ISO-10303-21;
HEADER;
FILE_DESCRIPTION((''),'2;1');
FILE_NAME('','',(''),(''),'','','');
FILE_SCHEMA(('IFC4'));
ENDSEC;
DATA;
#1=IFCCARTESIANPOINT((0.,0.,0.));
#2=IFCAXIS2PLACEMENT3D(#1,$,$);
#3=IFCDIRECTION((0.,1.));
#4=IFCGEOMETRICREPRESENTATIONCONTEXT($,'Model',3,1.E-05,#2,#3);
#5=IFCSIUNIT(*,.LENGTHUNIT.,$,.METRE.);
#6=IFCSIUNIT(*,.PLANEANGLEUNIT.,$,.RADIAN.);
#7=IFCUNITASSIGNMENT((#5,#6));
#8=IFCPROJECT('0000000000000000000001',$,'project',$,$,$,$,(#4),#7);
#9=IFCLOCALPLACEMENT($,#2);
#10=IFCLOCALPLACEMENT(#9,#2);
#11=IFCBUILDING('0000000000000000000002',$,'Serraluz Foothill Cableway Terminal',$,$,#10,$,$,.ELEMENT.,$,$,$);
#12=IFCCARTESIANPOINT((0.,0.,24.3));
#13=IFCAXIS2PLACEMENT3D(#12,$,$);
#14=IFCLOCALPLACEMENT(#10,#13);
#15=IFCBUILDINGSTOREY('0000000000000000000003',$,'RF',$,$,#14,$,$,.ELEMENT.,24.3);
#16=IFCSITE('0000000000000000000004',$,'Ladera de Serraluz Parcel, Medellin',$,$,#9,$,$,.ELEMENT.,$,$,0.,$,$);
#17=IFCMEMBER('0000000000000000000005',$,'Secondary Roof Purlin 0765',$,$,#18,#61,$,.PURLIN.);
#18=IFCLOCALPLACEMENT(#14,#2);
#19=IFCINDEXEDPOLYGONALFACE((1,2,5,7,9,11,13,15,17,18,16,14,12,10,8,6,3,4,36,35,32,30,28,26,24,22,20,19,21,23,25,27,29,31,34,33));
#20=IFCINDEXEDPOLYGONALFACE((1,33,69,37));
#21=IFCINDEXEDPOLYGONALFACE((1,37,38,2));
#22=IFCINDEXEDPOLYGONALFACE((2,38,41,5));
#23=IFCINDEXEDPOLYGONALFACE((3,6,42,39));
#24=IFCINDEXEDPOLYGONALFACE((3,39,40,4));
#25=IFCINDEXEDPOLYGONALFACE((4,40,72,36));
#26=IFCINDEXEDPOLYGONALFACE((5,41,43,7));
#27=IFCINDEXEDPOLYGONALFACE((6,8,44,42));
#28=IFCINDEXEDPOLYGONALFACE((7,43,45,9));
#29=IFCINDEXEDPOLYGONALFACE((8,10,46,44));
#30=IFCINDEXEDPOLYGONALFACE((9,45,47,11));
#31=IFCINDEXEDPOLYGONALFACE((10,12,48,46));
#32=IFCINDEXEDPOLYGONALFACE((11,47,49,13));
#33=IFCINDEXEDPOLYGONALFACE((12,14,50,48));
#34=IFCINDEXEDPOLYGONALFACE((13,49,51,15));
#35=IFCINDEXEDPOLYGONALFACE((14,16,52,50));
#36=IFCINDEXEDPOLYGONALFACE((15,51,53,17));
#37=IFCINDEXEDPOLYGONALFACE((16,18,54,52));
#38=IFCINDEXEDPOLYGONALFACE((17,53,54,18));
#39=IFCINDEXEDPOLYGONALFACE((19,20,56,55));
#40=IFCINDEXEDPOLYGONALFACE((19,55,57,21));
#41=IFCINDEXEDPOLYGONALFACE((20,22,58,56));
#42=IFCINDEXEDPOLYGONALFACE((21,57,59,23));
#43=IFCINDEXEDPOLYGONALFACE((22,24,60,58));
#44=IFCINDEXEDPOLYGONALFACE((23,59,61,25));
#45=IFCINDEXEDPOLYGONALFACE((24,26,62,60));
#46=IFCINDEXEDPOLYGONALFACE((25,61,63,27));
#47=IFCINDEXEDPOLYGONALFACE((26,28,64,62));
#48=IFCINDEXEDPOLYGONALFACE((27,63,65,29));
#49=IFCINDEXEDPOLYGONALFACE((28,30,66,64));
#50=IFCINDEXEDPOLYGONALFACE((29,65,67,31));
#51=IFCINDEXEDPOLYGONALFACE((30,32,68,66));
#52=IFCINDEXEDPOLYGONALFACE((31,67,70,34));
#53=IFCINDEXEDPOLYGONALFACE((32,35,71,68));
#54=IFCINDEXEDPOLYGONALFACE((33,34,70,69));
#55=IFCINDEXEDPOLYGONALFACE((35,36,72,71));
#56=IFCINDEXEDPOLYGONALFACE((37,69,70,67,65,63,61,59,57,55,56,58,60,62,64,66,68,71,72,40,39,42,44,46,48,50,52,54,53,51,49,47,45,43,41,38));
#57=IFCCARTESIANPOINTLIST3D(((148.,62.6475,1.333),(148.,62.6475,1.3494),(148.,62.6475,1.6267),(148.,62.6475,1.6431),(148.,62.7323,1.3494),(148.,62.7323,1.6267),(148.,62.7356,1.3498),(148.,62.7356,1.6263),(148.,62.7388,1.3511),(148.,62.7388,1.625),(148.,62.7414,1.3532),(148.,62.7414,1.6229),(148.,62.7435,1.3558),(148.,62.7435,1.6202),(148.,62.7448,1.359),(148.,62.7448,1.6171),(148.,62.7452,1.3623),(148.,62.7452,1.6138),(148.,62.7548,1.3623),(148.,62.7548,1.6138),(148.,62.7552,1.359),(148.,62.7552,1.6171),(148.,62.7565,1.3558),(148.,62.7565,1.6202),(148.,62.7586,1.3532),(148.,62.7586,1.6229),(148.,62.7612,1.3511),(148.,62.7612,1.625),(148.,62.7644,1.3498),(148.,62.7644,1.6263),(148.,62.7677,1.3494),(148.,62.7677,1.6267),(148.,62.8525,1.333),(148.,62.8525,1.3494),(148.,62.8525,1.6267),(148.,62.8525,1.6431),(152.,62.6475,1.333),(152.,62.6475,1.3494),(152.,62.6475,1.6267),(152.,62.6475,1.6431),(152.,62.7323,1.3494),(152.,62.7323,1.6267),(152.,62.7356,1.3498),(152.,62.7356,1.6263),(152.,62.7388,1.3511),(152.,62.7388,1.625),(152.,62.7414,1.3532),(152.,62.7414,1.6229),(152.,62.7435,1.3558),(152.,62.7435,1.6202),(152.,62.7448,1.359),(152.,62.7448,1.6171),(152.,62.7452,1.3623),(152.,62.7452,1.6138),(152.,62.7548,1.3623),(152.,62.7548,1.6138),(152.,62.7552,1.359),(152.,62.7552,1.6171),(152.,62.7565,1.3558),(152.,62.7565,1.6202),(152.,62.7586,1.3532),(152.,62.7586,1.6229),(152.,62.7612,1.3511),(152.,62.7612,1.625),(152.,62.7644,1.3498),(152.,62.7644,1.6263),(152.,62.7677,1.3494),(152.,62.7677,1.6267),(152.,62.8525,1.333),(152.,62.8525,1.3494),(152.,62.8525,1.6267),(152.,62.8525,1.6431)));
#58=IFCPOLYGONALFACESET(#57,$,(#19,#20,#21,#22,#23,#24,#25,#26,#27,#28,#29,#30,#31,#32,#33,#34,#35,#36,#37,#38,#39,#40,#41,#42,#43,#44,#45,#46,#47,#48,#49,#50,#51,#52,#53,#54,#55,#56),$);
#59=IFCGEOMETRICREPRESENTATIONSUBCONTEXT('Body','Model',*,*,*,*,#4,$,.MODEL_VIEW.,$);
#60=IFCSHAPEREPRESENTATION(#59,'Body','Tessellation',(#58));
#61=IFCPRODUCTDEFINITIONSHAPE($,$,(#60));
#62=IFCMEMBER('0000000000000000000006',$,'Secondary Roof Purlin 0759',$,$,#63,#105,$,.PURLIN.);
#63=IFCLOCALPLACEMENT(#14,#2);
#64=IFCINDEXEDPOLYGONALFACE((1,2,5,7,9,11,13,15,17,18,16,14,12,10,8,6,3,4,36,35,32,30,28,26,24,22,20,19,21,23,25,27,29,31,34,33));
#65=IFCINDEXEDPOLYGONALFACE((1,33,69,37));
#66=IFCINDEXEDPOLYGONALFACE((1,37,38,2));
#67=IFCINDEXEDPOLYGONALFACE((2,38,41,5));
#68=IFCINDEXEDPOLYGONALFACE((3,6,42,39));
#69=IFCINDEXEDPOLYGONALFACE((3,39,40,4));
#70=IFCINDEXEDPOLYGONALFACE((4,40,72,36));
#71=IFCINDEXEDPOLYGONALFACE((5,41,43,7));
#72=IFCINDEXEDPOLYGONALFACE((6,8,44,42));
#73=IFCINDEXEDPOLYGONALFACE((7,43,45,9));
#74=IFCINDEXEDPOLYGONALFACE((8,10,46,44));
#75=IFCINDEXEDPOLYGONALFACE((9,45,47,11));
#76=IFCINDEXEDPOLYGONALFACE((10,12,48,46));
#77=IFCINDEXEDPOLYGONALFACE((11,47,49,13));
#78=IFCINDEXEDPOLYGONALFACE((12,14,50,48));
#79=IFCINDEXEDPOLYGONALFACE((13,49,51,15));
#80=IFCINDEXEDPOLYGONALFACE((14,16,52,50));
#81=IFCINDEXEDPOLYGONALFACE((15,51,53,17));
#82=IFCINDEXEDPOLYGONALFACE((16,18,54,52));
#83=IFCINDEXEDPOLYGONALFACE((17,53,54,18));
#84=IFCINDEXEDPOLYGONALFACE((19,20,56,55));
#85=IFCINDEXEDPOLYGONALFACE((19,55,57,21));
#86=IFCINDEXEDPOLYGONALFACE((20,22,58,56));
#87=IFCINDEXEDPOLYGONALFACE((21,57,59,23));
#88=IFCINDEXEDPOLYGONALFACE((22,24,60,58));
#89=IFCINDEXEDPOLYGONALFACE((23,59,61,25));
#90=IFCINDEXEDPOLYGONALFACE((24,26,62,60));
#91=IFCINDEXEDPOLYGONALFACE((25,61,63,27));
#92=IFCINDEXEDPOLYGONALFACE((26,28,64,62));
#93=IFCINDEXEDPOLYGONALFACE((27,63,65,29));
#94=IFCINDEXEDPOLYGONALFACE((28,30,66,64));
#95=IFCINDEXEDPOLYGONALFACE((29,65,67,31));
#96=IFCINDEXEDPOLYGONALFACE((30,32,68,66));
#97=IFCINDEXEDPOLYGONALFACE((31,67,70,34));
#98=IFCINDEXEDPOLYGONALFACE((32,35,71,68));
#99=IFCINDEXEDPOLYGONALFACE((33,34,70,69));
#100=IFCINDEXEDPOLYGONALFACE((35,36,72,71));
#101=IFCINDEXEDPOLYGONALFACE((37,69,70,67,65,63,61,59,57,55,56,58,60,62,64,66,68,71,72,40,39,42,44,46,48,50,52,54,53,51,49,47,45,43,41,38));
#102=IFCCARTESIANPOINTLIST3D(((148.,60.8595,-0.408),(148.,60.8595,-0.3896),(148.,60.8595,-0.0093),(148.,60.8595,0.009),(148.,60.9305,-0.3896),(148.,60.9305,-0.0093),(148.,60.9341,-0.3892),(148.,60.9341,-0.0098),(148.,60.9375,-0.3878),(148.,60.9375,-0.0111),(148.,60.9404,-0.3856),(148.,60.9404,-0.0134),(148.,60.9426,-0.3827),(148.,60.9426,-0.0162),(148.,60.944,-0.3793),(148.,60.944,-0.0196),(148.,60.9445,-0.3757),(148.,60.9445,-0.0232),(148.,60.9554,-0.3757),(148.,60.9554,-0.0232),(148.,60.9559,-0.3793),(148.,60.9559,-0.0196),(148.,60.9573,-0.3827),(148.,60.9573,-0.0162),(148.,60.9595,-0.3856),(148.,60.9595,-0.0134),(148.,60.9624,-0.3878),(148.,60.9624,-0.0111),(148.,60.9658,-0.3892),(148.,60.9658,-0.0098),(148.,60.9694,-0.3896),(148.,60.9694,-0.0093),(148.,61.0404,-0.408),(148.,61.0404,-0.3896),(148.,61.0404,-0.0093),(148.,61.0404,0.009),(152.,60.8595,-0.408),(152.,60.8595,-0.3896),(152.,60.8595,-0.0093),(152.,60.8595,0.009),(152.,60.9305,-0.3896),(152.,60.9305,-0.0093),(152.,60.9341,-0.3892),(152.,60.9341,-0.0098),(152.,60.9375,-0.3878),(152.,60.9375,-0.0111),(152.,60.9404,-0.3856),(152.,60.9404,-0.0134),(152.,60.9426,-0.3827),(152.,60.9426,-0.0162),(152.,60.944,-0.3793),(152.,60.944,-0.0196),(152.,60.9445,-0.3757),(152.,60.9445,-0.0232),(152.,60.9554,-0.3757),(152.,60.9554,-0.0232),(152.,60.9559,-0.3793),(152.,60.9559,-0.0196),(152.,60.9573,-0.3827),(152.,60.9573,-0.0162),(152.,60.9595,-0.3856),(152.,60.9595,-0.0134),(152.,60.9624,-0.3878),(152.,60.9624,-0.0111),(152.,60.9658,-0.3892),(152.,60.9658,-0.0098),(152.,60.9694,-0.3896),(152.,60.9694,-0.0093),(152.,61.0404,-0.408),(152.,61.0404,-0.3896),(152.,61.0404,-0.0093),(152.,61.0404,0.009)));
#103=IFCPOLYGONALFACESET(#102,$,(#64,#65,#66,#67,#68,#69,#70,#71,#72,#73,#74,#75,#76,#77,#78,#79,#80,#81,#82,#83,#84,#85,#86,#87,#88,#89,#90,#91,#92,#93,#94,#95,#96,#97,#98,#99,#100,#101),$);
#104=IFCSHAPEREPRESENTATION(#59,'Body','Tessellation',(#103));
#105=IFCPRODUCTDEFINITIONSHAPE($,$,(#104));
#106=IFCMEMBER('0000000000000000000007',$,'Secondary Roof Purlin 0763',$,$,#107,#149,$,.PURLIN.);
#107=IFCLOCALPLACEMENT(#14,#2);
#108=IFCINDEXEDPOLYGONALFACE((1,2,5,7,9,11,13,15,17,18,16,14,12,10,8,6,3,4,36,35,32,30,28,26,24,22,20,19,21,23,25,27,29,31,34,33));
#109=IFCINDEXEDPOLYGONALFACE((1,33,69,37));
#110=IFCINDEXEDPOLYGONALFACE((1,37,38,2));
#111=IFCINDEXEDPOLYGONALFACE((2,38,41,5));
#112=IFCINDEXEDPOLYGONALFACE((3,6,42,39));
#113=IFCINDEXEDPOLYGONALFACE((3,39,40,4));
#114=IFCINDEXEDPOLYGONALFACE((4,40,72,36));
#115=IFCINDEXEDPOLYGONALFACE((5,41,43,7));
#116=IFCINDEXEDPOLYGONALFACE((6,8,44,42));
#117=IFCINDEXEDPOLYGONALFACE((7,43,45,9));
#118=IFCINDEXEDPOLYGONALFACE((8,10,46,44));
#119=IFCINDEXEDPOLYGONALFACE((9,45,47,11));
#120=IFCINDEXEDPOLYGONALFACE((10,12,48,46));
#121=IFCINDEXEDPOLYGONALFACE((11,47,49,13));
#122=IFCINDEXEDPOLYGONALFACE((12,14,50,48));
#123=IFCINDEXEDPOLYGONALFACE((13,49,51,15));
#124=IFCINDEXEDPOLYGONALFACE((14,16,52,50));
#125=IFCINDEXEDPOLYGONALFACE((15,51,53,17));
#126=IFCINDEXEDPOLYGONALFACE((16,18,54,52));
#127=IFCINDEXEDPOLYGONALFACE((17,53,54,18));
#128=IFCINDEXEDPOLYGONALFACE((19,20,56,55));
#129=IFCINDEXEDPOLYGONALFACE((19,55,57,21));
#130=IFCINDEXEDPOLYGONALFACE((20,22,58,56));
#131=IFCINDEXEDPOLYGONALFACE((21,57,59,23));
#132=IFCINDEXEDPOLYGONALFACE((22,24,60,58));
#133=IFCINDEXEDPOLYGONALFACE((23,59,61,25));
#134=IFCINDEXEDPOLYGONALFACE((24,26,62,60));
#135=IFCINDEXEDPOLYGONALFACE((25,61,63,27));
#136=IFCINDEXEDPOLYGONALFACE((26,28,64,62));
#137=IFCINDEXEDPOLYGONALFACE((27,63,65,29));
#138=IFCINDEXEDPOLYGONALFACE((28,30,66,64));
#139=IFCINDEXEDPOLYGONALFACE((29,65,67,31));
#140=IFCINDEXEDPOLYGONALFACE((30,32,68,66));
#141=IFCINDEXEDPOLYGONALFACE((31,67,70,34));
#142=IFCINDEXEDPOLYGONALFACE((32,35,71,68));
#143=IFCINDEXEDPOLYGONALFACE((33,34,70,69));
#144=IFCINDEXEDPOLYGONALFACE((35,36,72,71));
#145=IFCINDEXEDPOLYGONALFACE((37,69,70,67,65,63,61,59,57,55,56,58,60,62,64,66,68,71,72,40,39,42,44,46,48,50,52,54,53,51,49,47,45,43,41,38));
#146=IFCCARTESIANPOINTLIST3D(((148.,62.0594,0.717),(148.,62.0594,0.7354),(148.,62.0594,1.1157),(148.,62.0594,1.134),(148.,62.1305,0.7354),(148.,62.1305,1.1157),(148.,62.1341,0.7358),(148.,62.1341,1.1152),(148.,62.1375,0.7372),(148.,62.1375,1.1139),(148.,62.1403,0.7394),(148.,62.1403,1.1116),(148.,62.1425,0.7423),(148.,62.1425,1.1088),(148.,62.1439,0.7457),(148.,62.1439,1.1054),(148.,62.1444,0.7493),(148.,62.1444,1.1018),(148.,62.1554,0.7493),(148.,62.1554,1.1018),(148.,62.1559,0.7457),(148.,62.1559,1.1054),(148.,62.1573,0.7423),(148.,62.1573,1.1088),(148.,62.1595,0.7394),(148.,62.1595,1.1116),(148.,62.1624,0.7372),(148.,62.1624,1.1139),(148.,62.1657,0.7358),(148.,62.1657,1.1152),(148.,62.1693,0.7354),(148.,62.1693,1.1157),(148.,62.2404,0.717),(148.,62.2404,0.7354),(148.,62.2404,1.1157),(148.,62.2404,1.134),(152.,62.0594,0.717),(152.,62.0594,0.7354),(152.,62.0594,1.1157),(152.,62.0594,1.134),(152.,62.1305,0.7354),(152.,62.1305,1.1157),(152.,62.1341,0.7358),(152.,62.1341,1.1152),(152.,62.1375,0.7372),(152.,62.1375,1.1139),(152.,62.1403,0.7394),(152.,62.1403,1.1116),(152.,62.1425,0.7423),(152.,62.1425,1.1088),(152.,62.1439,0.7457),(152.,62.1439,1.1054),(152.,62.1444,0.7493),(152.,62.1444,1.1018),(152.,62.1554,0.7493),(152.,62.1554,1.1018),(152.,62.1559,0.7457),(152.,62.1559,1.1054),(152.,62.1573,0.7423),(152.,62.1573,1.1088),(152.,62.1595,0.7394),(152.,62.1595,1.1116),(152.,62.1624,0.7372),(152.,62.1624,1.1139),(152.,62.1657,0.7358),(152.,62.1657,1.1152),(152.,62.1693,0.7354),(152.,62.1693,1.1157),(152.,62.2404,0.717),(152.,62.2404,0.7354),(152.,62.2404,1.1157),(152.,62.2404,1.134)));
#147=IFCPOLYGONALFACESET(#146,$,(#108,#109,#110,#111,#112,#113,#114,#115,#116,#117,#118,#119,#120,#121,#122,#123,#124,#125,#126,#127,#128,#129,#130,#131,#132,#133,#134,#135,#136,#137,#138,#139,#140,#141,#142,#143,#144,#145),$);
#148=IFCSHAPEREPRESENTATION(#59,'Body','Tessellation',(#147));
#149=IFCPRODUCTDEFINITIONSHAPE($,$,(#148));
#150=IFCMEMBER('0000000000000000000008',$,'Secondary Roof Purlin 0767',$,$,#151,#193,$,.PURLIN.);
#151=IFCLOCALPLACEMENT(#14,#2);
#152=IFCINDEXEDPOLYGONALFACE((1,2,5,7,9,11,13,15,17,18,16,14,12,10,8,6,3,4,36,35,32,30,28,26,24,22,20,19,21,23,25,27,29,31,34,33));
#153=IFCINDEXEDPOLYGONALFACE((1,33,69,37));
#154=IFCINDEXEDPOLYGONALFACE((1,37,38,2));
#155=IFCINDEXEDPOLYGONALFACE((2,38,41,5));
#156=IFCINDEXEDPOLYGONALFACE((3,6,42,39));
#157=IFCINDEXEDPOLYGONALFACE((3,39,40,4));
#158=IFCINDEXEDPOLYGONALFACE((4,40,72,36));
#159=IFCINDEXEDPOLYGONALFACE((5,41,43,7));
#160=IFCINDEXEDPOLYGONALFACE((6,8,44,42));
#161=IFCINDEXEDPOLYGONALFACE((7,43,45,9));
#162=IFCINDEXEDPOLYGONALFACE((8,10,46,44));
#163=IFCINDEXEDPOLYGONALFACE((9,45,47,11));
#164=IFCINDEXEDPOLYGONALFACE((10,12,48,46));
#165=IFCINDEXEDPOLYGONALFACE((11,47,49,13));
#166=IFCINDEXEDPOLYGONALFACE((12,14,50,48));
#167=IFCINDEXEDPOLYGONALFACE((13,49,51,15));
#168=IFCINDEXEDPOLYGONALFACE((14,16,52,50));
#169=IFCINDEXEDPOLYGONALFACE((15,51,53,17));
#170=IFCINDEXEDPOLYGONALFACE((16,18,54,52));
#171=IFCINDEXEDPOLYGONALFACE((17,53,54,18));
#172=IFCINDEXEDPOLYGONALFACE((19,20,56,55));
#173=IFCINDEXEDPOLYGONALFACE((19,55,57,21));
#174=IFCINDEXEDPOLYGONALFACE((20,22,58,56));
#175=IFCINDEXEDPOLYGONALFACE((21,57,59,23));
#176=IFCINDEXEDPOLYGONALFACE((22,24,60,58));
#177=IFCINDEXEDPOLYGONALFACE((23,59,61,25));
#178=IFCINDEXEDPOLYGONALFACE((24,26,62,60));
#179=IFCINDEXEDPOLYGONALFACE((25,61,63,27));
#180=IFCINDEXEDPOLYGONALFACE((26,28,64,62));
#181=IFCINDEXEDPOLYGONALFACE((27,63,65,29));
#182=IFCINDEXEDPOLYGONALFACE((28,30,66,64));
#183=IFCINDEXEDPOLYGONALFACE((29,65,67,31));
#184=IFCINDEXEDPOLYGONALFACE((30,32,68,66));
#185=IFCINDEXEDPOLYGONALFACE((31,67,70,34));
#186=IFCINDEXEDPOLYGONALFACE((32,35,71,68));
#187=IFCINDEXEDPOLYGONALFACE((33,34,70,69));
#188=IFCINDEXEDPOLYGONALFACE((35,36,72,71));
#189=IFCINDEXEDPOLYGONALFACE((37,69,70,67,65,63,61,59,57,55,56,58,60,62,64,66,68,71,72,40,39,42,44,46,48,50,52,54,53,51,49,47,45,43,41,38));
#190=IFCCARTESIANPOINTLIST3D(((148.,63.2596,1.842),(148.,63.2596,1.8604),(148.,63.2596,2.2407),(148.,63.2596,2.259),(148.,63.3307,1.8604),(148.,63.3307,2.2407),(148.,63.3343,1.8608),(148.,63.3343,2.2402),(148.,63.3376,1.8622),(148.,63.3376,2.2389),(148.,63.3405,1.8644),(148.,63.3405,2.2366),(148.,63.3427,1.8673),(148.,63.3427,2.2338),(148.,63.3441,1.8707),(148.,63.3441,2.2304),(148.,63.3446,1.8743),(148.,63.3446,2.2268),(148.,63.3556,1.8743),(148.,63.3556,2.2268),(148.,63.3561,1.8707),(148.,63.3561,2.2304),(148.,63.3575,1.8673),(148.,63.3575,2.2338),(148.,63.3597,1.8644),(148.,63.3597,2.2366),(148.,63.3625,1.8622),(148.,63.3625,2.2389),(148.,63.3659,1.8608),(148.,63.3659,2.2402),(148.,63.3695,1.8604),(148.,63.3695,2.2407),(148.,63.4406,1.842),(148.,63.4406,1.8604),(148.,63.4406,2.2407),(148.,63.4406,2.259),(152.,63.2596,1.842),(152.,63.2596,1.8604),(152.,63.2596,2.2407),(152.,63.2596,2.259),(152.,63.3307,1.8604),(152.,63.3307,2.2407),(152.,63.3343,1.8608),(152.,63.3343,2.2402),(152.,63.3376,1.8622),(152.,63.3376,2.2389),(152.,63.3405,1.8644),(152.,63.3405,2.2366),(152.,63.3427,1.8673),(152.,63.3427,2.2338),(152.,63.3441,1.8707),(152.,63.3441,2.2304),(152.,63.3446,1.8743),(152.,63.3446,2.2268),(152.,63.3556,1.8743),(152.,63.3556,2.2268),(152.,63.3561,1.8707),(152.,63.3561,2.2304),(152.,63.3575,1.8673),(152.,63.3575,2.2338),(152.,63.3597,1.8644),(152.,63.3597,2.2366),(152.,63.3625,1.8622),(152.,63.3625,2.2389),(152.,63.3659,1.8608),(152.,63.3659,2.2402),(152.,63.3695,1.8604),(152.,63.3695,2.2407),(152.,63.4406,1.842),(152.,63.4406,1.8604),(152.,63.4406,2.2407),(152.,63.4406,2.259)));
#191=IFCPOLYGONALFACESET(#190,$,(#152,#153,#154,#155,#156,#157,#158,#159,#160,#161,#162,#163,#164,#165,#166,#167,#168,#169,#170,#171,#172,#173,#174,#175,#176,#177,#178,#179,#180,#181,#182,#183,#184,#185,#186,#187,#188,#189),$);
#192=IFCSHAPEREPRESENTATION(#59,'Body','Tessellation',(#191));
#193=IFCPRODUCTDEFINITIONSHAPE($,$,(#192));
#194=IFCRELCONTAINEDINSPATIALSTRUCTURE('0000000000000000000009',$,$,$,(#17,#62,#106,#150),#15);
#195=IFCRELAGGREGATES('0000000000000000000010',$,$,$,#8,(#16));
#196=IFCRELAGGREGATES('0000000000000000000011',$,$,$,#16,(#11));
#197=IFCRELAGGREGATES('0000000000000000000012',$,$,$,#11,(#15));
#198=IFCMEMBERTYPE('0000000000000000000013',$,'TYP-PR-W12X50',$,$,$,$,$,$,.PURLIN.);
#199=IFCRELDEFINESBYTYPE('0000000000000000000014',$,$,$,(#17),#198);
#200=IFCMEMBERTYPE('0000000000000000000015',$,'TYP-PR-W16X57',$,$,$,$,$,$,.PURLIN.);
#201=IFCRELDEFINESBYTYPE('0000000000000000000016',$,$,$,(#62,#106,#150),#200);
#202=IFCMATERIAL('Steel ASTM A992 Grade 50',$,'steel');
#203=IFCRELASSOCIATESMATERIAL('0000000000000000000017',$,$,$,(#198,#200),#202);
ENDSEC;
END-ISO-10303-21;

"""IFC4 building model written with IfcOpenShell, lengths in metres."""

from ifc_helpers import new_model, si_unit, direction, frame, origin, origin_2d, place, context, subcontext, project, spatial, i_section, extrude, material, material_profile, profile_set, type_object, element, save


model = new_model("IFC4")

# Units and contexts
model_context = context("Model", 3, precision=1e-05, world=origin(), true_north=direction((0.0, 1.0)))
body_context = subcontext(model_context, "Body", "Model", "MODEL_VIEW")
ifc_project = project(units=[si_unit("LENGTHUNIT", "METRE"), si_unit("PLANEANGLEUNIT", "RADIAN")], contexts=[model_context])

# Site, building, storey
site_placement = place(None, origin())
site = spatial("IfcSite", under=ifc_project, at=site_placement, Name="Ladera de Serraluz Parcel, Medellin", CompositionType="ELEMENT", RefElevation=0.0)
building_placement = place(site_placement, origin())
building = spatial("IfcBuilding", under=site, at=building_placement, Name="Serraluz Foothill Cableway Terminal", CompositionType="ELEMENT")
storey_placement = place(building_placement, frame((0.0, 0.0, 24.3)))
storey = spatial("IfcBuildingStorey", under=building, at=storey_placement, Name="RF", CompositionType="ELEMENT", Elevation=24.3)

# Members
ifc_material_1 = material(Name="Steel ASTM A992 Grade 50", Category="steel")
ifc_material_profile_1 = material_profile(ifc_material_1, i_section(OverallWidth=0.2051, OverallDepth=0.3101, WebThickness=0.0095, FlangeThickness=0.0164, FilletRadius=0.0129, at=origin_2d()), Name="W12X50")
ifc_profile_set_1 = profile_set([ifc_material_profile_1], Name="Steel ASTM A992 Grade 50")
member_type_1 = type_object("IfcMemberType", Name="TYP-PR-W12X50", PredefinedType="PURLIN", material=ifc_profile_set_1)
for number, where, z_axis, x_axis, name in (
    (1, (148.0, 62.75, 1.488), (1.0, 0.0, 0.0), (0.0, 1.0, 0.0), "Secondary Roof Purlin 0765"),
):
    element("IfcMember", number, at=place(storey_placement, frame(where, z_axis=z_axis, x_axis=x_axis)), inside=storey, type_object=member_type_1, Name=name, PredefinedType="PURLIN", context=body_context, shape_type="SweptSolid", body=[
        extrude(i_section(OverallWidth=0.2051, OverallDepth=0.3101, WebThickness=0.0095, FlangeThickness=0.0164, FilletRadius=0.0129, at=origin_2d()), origin(), (0.0, 0.0, 1.0), 4.0),
    ])
ifc_material_profile_2 = material_profile(ifc_material_1, i_section(OverallWidth=0.1809, OverallDepth=0.417, WebThickness=0.011, FlangeThickness=0.0183, FilletRadius=0.0139, at=origin_2d()), Name="W16X57")
ifc_profile_set_2 = profile_set([ifc_material_profile_2], Name="Steel ASTM A992 Grade 50")
member_type_2 = type_object("IfcMemberType", Name="TYP-PR-W16X57", PredefinedType="PURLIN", material=ifc_profile_set_2)
for number, where, z_axis, x_axis, name in (
    (2, (148.0, 60.95, -0.1995), (1.0, 0.0, 0.0), (0.0, 1.0, 0.0), "Secondary Roof Purlin 0759"),
    (3, (148.0, 62.1499, 0.9255), (1.0, 0.0, 0.0), (0.0, 1.0, 0.0), "Secondary Roof Purlin 0763"),
    (4, (148.0, 63.3501, 2.0505), (1.0, 0.0, 0.0), (0.0, 1.0, 0.0), "Secondary Roof Purlin 0767"),
):
    element("IfcMember", number, at=place(storey_placement, frame(where, z_axis=z_axis, x_axis=x_axis)), inside=storey, type_object=member_type_2, Name=name, PredefinedType="PURLIN", context=body_context, shape_type="SweptSolid", body=[
        extrude(i_section(OverallWidth=0.1809, OverallDepth=0.417, WebThickness=0.011, FlangeThickness=0.0183, FilletRadius=0.0139, at=origin_2d()), origin(), (0.0, 0.0, 1.0), 4.0),
    ])

save(model, "model.ifc")
